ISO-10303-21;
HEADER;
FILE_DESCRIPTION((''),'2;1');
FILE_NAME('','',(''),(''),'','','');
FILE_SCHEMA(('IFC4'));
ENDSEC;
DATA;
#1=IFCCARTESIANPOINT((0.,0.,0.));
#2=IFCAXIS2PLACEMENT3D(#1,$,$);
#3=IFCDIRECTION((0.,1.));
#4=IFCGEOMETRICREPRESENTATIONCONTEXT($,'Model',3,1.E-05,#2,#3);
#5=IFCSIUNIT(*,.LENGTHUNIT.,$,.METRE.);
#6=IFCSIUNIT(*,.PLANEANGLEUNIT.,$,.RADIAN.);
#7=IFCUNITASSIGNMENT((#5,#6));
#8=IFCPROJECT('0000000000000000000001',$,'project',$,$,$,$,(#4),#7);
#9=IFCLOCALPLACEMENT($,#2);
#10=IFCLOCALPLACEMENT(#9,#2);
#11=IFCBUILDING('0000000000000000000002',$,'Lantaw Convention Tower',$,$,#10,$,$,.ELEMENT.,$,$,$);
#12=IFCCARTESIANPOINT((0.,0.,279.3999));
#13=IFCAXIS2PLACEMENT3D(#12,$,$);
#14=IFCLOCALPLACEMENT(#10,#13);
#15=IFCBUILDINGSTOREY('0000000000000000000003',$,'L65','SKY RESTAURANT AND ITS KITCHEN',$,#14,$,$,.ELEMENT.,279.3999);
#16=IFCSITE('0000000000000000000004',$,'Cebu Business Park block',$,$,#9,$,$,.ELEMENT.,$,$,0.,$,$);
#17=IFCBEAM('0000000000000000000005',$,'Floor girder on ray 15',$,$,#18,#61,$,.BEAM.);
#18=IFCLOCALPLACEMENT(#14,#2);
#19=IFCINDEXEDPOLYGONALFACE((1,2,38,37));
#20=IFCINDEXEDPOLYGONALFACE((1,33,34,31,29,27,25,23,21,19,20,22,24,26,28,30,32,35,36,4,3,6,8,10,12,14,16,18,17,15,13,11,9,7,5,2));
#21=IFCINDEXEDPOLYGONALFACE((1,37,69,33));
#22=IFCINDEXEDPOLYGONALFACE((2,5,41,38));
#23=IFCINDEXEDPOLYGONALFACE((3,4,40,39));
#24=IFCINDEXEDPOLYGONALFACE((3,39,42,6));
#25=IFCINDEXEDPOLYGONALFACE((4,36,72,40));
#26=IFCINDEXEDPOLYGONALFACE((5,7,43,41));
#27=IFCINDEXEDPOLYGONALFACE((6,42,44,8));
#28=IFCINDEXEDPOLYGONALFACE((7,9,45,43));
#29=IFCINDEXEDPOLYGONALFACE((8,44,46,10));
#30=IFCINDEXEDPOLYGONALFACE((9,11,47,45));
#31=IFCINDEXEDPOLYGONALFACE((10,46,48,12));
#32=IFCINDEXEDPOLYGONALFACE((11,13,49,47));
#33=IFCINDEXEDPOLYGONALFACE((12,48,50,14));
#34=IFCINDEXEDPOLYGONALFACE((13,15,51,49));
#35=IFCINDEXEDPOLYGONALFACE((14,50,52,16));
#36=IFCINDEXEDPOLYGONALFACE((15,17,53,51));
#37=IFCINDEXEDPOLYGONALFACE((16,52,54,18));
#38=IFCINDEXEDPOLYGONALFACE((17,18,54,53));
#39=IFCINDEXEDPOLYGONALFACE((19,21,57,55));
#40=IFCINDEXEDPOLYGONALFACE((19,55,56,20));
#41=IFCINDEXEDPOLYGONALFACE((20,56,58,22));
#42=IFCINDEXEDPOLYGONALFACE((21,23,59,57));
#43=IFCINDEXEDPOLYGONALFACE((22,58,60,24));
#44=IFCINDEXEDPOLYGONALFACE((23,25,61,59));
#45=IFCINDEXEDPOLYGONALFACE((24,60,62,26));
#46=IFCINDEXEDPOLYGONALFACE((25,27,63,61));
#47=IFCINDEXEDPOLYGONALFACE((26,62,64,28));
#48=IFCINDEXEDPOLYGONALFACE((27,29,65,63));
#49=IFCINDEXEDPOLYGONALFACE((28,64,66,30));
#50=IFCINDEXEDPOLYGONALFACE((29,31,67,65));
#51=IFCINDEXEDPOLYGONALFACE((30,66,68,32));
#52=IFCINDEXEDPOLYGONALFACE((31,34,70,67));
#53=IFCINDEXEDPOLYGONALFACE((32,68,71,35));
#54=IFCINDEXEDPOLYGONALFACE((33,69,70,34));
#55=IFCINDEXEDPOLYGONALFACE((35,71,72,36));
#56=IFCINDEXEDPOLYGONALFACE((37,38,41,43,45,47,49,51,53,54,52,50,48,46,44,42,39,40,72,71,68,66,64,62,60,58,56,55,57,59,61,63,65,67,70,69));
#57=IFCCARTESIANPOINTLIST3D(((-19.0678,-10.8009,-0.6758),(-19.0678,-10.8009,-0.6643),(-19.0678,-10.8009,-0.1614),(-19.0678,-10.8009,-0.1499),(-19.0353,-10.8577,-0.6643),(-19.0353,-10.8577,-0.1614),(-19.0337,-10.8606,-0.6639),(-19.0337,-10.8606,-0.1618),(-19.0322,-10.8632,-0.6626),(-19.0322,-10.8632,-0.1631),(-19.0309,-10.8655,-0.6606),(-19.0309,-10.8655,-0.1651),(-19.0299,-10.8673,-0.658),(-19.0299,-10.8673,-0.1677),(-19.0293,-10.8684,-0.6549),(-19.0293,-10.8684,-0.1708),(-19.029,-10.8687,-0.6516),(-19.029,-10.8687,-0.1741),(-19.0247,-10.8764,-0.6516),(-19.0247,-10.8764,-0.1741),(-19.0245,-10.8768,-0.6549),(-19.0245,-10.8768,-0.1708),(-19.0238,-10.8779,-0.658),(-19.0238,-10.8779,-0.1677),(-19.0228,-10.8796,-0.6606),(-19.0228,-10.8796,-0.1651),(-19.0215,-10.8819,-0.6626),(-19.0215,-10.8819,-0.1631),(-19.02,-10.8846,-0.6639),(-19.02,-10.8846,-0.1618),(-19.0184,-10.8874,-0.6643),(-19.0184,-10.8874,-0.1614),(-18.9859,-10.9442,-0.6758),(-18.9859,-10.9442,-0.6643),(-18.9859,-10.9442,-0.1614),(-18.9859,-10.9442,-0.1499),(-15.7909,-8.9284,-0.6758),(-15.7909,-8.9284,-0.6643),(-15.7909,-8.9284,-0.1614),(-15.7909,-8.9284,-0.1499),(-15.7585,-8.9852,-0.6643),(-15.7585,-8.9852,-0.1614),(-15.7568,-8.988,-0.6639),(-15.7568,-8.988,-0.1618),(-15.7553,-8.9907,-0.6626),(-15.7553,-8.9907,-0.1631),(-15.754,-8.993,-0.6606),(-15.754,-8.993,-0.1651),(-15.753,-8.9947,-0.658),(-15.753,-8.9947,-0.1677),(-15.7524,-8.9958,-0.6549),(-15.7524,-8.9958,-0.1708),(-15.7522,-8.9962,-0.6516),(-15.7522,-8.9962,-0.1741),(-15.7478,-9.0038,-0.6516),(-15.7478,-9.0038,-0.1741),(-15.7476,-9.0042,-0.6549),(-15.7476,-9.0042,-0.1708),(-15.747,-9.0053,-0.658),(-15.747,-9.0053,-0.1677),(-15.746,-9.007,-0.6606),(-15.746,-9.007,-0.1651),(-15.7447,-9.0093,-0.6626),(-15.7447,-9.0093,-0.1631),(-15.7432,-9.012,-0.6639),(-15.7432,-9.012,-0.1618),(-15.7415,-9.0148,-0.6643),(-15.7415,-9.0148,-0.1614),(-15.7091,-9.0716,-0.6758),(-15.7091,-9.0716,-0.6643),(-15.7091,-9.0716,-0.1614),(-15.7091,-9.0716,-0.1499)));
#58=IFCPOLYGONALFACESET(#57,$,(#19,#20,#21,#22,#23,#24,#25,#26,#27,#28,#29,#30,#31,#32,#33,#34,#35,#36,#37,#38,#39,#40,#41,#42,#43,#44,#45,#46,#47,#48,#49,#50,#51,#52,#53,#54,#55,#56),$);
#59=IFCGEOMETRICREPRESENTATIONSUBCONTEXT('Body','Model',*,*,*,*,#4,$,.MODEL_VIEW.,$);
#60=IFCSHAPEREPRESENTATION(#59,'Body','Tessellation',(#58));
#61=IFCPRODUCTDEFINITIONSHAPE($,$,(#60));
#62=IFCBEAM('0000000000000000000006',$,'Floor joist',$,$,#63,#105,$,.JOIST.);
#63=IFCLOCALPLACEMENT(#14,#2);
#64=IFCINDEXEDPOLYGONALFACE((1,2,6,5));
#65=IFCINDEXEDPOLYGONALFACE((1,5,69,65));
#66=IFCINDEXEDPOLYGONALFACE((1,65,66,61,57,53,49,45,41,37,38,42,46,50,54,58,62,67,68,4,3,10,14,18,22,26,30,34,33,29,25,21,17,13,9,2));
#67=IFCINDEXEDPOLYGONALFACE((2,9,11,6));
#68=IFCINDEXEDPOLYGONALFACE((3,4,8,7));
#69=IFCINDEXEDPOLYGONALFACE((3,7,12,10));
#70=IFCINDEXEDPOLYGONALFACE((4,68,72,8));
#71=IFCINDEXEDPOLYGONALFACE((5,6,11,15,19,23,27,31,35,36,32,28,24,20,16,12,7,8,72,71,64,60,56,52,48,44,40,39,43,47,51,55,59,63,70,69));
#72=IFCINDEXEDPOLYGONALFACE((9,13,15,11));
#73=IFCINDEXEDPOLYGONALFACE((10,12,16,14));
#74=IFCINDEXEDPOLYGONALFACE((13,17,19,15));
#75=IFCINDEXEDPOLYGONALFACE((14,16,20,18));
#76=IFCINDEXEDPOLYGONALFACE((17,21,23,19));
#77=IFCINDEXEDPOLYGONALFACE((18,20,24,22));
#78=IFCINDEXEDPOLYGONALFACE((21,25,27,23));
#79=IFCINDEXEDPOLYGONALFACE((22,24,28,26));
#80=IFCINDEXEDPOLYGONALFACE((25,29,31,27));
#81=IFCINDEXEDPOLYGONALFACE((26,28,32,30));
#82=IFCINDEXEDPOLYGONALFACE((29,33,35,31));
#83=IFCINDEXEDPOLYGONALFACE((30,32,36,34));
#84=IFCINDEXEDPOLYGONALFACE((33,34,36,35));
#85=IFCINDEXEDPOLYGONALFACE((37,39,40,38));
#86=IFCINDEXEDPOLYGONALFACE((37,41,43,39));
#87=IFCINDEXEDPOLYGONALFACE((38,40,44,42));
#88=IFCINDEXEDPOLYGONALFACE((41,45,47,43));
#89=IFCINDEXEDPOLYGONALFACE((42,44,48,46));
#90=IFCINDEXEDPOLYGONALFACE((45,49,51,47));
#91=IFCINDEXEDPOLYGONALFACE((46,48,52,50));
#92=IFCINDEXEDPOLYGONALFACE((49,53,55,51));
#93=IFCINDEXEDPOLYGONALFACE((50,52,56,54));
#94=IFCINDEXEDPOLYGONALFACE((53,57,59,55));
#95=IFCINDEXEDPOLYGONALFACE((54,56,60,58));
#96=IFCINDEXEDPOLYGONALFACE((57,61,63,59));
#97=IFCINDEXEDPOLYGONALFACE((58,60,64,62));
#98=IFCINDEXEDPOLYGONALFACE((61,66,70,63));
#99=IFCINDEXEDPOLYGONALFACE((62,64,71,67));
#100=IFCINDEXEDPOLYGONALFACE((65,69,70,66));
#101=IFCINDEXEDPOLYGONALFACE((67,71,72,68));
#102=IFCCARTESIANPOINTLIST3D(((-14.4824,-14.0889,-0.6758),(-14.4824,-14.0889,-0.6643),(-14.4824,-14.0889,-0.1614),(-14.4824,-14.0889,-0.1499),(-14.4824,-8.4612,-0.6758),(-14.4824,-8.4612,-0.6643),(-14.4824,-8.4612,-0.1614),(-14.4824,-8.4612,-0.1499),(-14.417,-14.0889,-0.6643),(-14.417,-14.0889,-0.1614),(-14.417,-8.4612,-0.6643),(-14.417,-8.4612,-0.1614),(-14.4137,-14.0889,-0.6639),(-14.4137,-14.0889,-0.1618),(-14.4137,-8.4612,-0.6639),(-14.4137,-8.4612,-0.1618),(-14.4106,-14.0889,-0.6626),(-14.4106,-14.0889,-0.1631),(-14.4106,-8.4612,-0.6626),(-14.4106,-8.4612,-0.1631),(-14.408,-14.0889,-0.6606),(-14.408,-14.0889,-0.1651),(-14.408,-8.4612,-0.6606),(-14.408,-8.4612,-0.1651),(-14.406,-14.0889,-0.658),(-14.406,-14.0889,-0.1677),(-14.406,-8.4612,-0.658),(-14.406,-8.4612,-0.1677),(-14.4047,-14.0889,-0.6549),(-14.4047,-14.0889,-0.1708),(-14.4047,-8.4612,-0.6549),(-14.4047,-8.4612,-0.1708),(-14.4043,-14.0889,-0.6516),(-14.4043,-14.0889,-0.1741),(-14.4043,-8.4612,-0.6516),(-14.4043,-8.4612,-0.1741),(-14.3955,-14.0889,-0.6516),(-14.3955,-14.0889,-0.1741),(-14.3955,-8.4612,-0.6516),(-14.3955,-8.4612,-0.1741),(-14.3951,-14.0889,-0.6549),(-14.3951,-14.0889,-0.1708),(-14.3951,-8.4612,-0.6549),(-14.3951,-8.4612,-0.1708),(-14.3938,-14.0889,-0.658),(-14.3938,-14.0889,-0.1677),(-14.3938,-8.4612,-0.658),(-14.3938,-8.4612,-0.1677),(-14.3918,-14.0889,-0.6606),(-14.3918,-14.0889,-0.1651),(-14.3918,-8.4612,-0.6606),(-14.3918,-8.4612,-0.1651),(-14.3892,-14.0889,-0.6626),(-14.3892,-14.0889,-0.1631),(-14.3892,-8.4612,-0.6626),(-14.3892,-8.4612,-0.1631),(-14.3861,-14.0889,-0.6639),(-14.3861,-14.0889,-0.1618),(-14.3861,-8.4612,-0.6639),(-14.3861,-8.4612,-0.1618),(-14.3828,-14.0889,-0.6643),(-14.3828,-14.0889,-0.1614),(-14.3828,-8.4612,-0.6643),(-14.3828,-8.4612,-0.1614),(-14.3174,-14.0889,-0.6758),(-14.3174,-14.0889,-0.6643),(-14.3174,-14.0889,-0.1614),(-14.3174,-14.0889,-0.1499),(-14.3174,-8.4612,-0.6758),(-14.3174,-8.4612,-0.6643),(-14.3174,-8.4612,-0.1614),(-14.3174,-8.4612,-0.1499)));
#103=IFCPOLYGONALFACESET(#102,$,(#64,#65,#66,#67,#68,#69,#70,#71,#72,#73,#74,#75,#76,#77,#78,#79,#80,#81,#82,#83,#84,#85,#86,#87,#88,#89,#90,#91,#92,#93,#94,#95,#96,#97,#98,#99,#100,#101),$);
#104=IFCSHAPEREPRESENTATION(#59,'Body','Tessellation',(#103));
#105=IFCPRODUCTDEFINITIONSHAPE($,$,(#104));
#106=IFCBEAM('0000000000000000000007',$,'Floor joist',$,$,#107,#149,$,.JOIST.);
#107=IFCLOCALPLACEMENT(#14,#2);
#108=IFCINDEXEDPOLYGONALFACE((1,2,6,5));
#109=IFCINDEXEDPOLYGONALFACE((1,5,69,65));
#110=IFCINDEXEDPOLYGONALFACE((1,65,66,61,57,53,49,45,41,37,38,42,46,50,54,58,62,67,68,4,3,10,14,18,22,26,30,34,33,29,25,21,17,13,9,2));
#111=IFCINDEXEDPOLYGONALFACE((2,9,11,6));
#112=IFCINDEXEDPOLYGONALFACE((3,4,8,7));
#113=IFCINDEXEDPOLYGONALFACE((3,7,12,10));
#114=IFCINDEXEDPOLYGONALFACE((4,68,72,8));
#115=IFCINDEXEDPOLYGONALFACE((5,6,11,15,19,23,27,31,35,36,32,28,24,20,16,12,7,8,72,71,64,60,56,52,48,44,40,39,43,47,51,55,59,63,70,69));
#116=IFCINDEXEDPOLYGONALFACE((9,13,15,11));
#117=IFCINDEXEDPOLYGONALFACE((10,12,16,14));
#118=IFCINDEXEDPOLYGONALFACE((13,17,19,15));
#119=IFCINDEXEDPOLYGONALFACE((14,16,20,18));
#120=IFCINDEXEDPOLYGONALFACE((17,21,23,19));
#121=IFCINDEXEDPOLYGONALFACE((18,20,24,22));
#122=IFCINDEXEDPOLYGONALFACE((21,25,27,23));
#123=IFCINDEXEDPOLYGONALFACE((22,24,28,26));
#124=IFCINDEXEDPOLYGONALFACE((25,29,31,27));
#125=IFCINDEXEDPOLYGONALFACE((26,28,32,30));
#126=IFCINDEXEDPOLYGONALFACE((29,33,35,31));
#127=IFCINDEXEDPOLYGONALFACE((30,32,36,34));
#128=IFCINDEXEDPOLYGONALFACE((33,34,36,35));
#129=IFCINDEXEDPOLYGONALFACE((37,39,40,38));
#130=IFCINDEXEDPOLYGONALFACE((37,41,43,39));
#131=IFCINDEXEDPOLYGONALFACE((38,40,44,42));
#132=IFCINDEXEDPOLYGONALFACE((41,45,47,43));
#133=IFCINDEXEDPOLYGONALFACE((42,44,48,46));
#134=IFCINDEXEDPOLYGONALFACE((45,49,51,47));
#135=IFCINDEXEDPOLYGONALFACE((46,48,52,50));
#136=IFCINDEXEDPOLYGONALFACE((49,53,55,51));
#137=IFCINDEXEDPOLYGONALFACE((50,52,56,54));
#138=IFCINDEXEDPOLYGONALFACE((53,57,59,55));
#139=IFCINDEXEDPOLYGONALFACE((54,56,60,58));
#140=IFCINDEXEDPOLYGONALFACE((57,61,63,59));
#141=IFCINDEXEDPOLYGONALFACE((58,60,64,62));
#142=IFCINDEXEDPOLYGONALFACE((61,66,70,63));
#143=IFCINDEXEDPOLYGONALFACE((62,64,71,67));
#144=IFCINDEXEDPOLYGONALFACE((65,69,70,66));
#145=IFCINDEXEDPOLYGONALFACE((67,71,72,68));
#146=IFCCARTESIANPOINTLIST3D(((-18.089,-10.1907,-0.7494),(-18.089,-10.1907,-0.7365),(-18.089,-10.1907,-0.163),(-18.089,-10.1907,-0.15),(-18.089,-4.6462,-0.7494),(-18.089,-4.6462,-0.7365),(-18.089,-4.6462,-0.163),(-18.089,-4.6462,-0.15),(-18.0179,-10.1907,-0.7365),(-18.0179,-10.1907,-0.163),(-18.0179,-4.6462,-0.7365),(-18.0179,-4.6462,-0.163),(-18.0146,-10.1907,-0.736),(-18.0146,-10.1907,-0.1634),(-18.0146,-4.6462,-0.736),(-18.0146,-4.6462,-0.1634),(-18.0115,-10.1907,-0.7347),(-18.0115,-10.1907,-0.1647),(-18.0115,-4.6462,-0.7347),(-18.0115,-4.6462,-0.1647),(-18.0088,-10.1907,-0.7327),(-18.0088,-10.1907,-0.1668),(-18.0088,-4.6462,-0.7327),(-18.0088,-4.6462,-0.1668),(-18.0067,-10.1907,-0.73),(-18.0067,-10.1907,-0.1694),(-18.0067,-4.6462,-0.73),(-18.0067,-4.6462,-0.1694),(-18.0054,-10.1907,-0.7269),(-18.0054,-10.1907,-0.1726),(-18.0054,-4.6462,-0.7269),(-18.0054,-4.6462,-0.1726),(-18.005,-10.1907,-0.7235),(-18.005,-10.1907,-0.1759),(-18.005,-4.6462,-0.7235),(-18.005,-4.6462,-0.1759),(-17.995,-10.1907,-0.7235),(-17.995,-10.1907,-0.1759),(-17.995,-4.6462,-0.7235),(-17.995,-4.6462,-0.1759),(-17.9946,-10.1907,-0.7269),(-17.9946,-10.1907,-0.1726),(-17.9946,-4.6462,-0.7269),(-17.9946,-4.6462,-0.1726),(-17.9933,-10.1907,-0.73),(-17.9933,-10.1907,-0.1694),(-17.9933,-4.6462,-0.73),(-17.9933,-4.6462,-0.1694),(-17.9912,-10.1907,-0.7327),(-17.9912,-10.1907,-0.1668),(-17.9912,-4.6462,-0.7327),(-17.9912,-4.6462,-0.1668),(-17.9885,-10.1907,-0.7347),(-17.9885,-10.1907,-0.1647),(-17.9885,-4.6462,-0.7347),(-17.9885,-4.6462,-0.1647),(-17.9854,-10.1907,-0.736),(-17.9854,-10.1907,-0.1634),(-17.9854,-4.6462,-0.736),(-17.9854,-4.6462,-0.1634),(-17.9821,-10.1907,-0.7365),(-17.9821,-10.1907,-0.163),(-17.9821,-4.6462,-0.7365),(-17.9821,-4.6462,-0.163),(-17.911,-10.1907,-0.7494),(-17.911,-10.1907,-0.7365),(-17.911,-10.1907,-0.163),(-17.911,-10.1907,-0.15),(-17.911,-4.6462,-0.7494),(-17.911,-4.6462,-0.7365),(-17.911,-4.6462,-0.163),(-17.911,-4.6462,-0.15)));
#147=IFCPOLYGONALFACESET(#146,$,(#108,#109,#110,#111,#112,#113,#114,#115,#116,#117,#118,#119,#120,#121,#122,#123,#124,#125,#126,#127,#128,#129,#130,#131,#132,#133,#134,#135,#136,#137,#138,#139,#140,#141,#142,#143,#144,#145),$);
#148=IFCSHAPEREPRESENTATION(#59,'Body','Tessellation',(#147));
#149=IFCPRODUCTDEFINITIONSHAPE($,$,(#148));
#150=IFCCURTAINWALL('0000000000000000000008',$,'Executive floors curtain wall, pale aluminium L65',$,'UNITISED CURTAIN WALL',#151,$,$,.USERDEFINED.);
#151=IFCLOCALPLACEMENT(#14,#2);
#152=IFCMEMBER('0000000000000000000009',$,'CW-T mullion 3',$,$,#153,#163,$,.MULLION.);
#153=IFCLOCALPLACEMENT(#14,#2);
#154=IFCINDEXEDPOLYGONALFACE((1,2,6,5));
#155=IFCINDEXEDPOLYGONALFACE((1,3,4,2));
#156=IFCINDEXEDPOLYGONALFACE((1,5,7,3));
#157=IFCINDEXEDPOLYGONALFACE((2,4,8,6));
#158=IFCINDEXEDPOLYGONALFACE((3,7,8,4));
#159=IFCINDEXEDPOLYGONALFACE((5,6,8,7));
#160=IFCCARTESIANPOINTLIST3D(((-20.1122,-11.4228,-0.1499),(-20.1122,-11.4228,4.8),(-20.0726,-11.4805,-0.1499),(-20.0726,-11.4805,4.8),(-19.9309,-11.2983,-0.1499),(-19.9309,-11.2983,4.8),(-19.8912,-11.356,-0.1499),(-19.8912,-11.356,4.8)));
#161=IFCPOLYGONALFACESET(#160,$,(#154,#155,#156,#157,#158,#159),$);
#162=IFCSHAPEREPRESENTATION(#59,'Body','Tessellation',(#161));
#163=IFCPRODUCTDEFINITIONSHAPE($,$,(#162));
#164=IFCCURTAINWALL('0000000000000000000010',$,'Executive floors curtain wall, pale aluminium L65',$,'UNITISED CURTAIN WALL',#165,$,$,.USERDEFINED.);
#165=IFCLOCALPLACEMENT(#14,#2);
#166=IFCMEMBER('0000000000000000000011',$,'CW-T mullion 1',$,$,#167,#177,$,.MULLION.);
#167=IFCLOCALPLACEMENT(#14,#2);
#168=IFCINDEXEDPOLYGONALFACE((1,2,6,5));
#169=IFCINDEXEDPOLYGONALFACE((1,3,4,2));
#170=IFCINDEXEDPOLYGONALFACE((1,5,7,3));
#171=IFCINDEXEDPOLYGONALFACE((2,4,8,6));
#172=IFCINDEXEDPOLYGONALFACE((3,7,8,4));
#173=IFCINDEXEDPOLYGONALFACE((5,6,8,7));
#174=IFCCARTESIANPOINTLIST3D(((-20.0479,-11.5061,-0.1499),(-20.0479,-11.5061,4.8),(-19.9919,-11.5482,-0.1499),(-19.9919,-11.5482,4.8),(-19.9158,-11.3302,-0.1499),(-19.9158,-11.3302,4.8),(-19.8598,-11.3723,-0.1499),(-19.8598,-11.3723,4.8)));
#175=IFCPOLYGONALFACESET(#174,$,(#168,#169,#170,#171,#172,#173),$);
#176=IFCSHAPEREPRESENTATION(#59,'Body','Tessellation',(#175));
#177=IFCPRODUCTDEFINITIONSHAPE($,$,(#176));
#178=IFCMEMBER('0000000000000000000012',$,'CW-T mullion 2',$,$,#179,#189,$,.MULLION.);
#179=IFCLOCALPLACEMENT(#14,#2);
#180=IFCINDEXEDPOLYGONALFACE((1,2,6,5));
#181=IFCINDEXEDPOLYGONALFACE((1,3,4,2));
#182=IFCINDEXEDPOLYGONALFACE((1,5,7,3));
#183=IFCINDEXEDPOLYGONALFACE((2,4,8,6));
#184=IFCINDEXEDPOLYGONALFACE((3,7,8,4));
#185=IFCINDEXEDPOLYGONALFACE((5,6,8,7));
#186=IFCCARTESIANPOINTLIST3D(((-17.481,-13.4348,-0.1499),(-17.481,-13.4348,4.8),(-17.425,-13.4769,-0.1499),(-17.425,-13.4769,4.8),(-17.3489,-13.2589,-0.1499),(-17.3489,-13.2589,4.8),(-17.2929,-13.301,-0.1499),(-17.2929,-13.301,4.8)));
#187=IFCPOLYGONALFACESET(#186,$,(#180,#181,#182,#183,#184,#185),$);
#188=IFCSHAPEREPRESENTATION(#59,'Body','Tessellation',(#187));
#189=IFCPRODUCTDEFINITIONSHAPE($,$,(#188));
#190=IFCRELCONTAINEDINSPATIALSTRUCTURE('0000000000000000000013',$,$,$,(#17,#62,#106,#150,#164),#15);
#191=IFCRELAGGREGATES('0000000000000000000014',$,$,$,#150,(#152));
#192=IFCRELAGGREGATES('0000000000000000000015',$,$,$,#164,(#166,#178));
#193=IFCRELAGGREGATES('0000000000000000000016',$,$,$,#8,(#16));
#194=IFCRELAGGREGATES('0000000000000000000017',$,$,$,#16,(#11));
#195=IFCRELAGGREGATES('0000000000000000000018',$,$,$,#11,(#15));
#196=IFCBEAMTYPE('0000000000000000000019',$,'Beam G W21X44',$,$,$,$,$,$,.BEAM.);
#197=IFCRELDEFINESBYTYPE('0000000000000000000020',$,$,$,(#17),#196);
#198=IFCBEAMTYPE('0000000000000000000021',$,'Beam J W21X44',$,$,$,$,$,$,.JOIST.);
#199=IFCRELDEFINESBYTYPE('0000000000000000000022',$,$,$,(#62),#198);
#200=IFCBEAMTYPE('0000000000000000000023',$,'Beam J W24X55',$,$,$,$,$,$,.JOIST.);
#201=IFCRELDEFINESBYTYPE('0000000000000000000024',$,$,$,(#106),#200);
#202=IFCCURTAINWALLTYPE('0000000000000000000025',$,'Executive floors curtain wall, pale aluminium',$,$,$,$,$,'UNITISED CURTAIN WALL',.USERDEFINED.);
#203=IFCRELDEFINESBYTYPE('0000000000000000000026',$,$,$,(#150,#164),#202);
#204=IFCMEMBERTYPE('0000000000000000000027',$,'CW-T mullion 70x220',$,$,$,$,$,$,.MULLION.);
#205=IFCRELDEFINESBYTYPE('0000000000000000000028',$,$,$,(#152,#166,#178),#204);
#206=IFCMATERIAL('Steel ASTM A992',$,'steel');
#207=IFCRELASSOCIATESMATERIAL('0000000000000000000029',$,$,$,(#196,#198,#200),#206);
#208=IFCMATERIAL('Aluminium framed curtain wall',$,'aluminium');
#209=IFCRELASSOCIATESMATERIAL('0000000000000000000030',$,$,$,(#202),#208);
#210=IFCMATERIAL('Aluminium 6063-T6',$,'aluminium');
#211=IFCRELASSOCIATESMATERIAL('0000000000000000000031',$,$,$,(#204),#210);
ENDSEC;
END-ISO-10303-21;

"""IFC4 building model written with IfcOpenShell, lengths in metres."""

from ifc_helpers import new_model, si_unit, direction, frame, origin, origin_2d, place, context, subcontext, project, spatial, rectangle, i_section, extrude, material, material_profile, profile_set, type_object, element, aggregate, save


model = new_model("IFC4")

# Units and contexts
model_context = context("Model", 3, precision=1e-05, world=origin(), true_north=direction((0.0, 1.0)))
body_context = subcontext(model_context, "Body", "Model", "MODEL_VIEW")
ifc_project = project(units=[si_unit("LENGTHUNIT", "METRE"), si_unit("PLANEANGLEUNIT", "RADIAN")], contexts=[model_context])

# Site, building, storey
site_placement = place(None, origin())
site = spatial("IfcSite", under=ifc_project, at=site_placement, Name="Cebu Business Park block", CompositionType="ELEMENT", RefElevation=0.0)
building_placement = place(site_placement, origin())
building = spatial("IfcBuilding", under=site, at=building_placement, Name="Lantaw Convention Tower", CompositionType="ELEMENT")
storey_placement = place(building_placement, frame((0.0, 0.0, 279.3999)))
storey = spatial("IfcBuildingStorey", under=building, at=storey_placement, Name="L65", Description="SKY RESTAURANT AND ITS KITCHEN", CompositionType="ELEMENT", Elevation=279.3999)

# Beams
ifc_material_1 = material(Name="Steel ASTM A992", Category="steel")
ifc_material_profile_1 = material_profile(ifc_material_1, i_section(OverallWidth=0.165, OverallDepth=0.5259, WebThickness=0.0088, FlangeThickness=0.0115, FilletRadius=0.0127, at=origin_2d()), Name="W21X44")
ifc_profile_set_1 = profile_set([ifc_material_profile_1], Name="Steel ASTM A992")
beam_type_1 = type_object("IfcBeamType", Name="Beam G W21X44", PredefinedType="BEAM", material=ifc_profile_set_1)
beam_1_placement = place(storey_placement, frame((-15.75, -9.0, -0.4128), z_axis=(-0.868235, -0.496153, 0.0), x_axis=(0.496153, -0.868235, 0.0)))
element("IfcBeam", 1, at=beam_1_placement, inside=storey, type_object=beam_type_1, Name="Floor girder on ray 15", PredefinedType="BEAM", context=body_context, shape_type="SweptSolid", body=[
    extrude(i_section(OverallWidth=0.165, OverallDepth=0.5259, WebThickness=0.0088, FlangeThickness=0.0115, FilletRadius=0.0127, at=origin_2d()), origin(), (0.0, 0.0, 1.0), 3.7742),
])
ifc_material_profile_2 = material_profile(ifc_material_1, i_section(OverallWidth=0.165, OverallDepth=0.5259, WebThickness=0.0088, FlangeThickness=0.0115, FilletRadius=0.0127, at=origin_2d()), Name="W21X44")
ifc_profile_set_2 = profile_set([ifc_material_profile_2], Name="Steel ASTM A992")
beam_type_2 = type_object("IfcBeamType", Name="Beam J W21X44", PredefinedType="JOIST", material=ifc_profile_set_2)
beam_2_placement = place(storey_placement, frame((-14.3999, -14.0889, -0.4128), z_axis=(0.0, 1.0, 0.0), x_axis=(-1.0, 0.0, 0.0)))
element("IfcBeam", 2, at=beam_2_placement, inside=storey, type_object=beam_type_2, Name="Floor joist", PredefinedType="JOIST", context=body_context, shape_type="SweptSolid", body=[
    extrude(i_section(OverallWidth=0.165, OverallDepth=0.5259, WebThickness=0.0088, FlangeThickness=0.0115, FilletRadius=0.0127, at=origin_2d()), origin(), (0.0, 0.0, 1.0), 5.6277),
])
ifc_material_profile_3 = material_profile(ifc_material_1, i_section(OverallWidth=0.178, OverallDepth=0.5994, WebThickness=0.01, FlangeThickness=0.0129, FilletRadius=0.0129, at=origin_2d()), Name="W24X55")
ifc_profile_set_3 = profile_set([ifc_material_profile_3], Name="Steel ASTM A992")
beam_type_3 = type_object("IfcBeamType", Name="Beam J W24X55", PredefinedType="JOIST", material=ifc_profile_set_3)
beam_3_placement = place(storey_placement, frame((-18.0, -10.1907, -0.4497), z_axis=(0.0, 1.0, 0.0), x_axis=(-1.0, 0.0, 0.0)))
element("IfcBeam", 3, at=beam_3_placement, inside=storey, type_object=beam_type_3, Name="Floor joist", PredefinedType="JOIST", context=body_context, shape_type="SweptSolid", body=[
    extrude(i_section(OverallWidth=0.178, OverallDepth=0.5994, WebThickness=0.01, FlangeThickness=0.0129, FilletRadius=0.0129, at=origin_2d()), origin(), (0.0, 0.0, 1.0), 5.5444),
])

# Curtain wall, member
ifc_material_2 = material(Name="Aluminium framed curtain wall", Category="aluminium")
curtain_wall_type = type_object("IfcCurtainWallType", Name="Executive floors curtain wall, pale aluminium", ElementType="UNITISED CURTAIN WALL", PredefinedType="USERDEFINED", material=ifc_material_2)
curtain_wall_1_placement = place(storey_placement, origin())
curtain_wall_1 = element("IfcCurtainWall", 4, at=curtain_wall_1_placement, inside=storey, type_object=curtain_wall_type, Name="Executive floors curtain wall, pale aluminium L65", ObjectType="UNITISED CURTAIN WALL", PredefinedType="USERDEFINED")
ifc_material_3 = material(Name="Aluminium 6063-T6", Category="aluminium")
ifc_material_profile_4 = material_profile(ifc_material_3, rectangle(XDim=0.22, YDim=0.0701, at=origin_2d()), Name="CW-T mullion 70x220")
ifc_profile_set_4 = profile_set([ifc_material_profile_4], Name="Aluminium 6063-T6")
member_type_1 = type_object("IfcMemberType", Name="CW-T mullion 70x220", PredefinedType="MULLION", material=ifc_profile_set_4)
member_1_placement = place(storey_placement, frame((-20.0017, -11.3894, -0.1499), z_axis=(0.0, 0.0, 1.0), x_axis=(0.82445, 0.565935, 0.0)))
member_1 = element("IfcMember", 5, at=member_1_placement, type_object=member_type_1, Name="CW-T mullion 3", PredefinedType="MULLION", context=body_context, shape_type="SweptSolid", body=[
    extrude(rectangle(XDim=0.22, YDim=0.0701, at=origin_2d()), origin(), (0.0, 0.0, 1.0), 4.95),
])

# Curtain wall, members
curtain_wall_2_placement = place(storey_placement, origin())
curtain_wall_2 = element("IfcCurtainWall", 6, at=curtain_wall_2_placement, inside=storey, type_object=curtain_wall_type, Name="Executive floors curtain wall, pale aluminium L65", ObjectType="UNITISED CURTAIN WALL", PredefinedType="USERDEFINED")
member_2_placement = place(storey_placement, frame((-19.9539, -11.4392, -0.1499), z_axis=(0.0, 0.0, 1.0), x_axis=(0.600643, 0.799518, 0.0)))
member_2 = element("IfcMember", 7, at=member_2_placement, type_object=member_type_1, Name="CW-T mullion 1", PredefinedType="MULLION", context=body_context, shape_type="SweptSolid", body=[
    extrude(rectangle(XDim=0.22, YDim=0.0701, at=origin_2d()), origin(), (0.0, 0.0, 1.0), 4.95),
])
member_3_placement = place(storey_placement, frame((-17.387, -13.3679, -0.1499), z_axis=(0.0, 0.0, 1.0), x_axis=(0.600643, 0.799518, 0.0)))
member_3 = element("IfcMember", 8, at=member_3_placement, type_object=member_type_1, Name="CW-T mullion 2", PredefinedType="MULLION", context=body_context, shape_type="SweptSolid", body=[
    extrude(rectangle(XDim=0.22, YDim=0.0701, at=origin_2d()), origin(), (0.0, 0.0, 1.0), 4.95),
])

aggregate(curtain_wall_1, [member_1])
aggregate(curtain_wall_2, [member_2, member_3])

save(model, "model.ifc")
